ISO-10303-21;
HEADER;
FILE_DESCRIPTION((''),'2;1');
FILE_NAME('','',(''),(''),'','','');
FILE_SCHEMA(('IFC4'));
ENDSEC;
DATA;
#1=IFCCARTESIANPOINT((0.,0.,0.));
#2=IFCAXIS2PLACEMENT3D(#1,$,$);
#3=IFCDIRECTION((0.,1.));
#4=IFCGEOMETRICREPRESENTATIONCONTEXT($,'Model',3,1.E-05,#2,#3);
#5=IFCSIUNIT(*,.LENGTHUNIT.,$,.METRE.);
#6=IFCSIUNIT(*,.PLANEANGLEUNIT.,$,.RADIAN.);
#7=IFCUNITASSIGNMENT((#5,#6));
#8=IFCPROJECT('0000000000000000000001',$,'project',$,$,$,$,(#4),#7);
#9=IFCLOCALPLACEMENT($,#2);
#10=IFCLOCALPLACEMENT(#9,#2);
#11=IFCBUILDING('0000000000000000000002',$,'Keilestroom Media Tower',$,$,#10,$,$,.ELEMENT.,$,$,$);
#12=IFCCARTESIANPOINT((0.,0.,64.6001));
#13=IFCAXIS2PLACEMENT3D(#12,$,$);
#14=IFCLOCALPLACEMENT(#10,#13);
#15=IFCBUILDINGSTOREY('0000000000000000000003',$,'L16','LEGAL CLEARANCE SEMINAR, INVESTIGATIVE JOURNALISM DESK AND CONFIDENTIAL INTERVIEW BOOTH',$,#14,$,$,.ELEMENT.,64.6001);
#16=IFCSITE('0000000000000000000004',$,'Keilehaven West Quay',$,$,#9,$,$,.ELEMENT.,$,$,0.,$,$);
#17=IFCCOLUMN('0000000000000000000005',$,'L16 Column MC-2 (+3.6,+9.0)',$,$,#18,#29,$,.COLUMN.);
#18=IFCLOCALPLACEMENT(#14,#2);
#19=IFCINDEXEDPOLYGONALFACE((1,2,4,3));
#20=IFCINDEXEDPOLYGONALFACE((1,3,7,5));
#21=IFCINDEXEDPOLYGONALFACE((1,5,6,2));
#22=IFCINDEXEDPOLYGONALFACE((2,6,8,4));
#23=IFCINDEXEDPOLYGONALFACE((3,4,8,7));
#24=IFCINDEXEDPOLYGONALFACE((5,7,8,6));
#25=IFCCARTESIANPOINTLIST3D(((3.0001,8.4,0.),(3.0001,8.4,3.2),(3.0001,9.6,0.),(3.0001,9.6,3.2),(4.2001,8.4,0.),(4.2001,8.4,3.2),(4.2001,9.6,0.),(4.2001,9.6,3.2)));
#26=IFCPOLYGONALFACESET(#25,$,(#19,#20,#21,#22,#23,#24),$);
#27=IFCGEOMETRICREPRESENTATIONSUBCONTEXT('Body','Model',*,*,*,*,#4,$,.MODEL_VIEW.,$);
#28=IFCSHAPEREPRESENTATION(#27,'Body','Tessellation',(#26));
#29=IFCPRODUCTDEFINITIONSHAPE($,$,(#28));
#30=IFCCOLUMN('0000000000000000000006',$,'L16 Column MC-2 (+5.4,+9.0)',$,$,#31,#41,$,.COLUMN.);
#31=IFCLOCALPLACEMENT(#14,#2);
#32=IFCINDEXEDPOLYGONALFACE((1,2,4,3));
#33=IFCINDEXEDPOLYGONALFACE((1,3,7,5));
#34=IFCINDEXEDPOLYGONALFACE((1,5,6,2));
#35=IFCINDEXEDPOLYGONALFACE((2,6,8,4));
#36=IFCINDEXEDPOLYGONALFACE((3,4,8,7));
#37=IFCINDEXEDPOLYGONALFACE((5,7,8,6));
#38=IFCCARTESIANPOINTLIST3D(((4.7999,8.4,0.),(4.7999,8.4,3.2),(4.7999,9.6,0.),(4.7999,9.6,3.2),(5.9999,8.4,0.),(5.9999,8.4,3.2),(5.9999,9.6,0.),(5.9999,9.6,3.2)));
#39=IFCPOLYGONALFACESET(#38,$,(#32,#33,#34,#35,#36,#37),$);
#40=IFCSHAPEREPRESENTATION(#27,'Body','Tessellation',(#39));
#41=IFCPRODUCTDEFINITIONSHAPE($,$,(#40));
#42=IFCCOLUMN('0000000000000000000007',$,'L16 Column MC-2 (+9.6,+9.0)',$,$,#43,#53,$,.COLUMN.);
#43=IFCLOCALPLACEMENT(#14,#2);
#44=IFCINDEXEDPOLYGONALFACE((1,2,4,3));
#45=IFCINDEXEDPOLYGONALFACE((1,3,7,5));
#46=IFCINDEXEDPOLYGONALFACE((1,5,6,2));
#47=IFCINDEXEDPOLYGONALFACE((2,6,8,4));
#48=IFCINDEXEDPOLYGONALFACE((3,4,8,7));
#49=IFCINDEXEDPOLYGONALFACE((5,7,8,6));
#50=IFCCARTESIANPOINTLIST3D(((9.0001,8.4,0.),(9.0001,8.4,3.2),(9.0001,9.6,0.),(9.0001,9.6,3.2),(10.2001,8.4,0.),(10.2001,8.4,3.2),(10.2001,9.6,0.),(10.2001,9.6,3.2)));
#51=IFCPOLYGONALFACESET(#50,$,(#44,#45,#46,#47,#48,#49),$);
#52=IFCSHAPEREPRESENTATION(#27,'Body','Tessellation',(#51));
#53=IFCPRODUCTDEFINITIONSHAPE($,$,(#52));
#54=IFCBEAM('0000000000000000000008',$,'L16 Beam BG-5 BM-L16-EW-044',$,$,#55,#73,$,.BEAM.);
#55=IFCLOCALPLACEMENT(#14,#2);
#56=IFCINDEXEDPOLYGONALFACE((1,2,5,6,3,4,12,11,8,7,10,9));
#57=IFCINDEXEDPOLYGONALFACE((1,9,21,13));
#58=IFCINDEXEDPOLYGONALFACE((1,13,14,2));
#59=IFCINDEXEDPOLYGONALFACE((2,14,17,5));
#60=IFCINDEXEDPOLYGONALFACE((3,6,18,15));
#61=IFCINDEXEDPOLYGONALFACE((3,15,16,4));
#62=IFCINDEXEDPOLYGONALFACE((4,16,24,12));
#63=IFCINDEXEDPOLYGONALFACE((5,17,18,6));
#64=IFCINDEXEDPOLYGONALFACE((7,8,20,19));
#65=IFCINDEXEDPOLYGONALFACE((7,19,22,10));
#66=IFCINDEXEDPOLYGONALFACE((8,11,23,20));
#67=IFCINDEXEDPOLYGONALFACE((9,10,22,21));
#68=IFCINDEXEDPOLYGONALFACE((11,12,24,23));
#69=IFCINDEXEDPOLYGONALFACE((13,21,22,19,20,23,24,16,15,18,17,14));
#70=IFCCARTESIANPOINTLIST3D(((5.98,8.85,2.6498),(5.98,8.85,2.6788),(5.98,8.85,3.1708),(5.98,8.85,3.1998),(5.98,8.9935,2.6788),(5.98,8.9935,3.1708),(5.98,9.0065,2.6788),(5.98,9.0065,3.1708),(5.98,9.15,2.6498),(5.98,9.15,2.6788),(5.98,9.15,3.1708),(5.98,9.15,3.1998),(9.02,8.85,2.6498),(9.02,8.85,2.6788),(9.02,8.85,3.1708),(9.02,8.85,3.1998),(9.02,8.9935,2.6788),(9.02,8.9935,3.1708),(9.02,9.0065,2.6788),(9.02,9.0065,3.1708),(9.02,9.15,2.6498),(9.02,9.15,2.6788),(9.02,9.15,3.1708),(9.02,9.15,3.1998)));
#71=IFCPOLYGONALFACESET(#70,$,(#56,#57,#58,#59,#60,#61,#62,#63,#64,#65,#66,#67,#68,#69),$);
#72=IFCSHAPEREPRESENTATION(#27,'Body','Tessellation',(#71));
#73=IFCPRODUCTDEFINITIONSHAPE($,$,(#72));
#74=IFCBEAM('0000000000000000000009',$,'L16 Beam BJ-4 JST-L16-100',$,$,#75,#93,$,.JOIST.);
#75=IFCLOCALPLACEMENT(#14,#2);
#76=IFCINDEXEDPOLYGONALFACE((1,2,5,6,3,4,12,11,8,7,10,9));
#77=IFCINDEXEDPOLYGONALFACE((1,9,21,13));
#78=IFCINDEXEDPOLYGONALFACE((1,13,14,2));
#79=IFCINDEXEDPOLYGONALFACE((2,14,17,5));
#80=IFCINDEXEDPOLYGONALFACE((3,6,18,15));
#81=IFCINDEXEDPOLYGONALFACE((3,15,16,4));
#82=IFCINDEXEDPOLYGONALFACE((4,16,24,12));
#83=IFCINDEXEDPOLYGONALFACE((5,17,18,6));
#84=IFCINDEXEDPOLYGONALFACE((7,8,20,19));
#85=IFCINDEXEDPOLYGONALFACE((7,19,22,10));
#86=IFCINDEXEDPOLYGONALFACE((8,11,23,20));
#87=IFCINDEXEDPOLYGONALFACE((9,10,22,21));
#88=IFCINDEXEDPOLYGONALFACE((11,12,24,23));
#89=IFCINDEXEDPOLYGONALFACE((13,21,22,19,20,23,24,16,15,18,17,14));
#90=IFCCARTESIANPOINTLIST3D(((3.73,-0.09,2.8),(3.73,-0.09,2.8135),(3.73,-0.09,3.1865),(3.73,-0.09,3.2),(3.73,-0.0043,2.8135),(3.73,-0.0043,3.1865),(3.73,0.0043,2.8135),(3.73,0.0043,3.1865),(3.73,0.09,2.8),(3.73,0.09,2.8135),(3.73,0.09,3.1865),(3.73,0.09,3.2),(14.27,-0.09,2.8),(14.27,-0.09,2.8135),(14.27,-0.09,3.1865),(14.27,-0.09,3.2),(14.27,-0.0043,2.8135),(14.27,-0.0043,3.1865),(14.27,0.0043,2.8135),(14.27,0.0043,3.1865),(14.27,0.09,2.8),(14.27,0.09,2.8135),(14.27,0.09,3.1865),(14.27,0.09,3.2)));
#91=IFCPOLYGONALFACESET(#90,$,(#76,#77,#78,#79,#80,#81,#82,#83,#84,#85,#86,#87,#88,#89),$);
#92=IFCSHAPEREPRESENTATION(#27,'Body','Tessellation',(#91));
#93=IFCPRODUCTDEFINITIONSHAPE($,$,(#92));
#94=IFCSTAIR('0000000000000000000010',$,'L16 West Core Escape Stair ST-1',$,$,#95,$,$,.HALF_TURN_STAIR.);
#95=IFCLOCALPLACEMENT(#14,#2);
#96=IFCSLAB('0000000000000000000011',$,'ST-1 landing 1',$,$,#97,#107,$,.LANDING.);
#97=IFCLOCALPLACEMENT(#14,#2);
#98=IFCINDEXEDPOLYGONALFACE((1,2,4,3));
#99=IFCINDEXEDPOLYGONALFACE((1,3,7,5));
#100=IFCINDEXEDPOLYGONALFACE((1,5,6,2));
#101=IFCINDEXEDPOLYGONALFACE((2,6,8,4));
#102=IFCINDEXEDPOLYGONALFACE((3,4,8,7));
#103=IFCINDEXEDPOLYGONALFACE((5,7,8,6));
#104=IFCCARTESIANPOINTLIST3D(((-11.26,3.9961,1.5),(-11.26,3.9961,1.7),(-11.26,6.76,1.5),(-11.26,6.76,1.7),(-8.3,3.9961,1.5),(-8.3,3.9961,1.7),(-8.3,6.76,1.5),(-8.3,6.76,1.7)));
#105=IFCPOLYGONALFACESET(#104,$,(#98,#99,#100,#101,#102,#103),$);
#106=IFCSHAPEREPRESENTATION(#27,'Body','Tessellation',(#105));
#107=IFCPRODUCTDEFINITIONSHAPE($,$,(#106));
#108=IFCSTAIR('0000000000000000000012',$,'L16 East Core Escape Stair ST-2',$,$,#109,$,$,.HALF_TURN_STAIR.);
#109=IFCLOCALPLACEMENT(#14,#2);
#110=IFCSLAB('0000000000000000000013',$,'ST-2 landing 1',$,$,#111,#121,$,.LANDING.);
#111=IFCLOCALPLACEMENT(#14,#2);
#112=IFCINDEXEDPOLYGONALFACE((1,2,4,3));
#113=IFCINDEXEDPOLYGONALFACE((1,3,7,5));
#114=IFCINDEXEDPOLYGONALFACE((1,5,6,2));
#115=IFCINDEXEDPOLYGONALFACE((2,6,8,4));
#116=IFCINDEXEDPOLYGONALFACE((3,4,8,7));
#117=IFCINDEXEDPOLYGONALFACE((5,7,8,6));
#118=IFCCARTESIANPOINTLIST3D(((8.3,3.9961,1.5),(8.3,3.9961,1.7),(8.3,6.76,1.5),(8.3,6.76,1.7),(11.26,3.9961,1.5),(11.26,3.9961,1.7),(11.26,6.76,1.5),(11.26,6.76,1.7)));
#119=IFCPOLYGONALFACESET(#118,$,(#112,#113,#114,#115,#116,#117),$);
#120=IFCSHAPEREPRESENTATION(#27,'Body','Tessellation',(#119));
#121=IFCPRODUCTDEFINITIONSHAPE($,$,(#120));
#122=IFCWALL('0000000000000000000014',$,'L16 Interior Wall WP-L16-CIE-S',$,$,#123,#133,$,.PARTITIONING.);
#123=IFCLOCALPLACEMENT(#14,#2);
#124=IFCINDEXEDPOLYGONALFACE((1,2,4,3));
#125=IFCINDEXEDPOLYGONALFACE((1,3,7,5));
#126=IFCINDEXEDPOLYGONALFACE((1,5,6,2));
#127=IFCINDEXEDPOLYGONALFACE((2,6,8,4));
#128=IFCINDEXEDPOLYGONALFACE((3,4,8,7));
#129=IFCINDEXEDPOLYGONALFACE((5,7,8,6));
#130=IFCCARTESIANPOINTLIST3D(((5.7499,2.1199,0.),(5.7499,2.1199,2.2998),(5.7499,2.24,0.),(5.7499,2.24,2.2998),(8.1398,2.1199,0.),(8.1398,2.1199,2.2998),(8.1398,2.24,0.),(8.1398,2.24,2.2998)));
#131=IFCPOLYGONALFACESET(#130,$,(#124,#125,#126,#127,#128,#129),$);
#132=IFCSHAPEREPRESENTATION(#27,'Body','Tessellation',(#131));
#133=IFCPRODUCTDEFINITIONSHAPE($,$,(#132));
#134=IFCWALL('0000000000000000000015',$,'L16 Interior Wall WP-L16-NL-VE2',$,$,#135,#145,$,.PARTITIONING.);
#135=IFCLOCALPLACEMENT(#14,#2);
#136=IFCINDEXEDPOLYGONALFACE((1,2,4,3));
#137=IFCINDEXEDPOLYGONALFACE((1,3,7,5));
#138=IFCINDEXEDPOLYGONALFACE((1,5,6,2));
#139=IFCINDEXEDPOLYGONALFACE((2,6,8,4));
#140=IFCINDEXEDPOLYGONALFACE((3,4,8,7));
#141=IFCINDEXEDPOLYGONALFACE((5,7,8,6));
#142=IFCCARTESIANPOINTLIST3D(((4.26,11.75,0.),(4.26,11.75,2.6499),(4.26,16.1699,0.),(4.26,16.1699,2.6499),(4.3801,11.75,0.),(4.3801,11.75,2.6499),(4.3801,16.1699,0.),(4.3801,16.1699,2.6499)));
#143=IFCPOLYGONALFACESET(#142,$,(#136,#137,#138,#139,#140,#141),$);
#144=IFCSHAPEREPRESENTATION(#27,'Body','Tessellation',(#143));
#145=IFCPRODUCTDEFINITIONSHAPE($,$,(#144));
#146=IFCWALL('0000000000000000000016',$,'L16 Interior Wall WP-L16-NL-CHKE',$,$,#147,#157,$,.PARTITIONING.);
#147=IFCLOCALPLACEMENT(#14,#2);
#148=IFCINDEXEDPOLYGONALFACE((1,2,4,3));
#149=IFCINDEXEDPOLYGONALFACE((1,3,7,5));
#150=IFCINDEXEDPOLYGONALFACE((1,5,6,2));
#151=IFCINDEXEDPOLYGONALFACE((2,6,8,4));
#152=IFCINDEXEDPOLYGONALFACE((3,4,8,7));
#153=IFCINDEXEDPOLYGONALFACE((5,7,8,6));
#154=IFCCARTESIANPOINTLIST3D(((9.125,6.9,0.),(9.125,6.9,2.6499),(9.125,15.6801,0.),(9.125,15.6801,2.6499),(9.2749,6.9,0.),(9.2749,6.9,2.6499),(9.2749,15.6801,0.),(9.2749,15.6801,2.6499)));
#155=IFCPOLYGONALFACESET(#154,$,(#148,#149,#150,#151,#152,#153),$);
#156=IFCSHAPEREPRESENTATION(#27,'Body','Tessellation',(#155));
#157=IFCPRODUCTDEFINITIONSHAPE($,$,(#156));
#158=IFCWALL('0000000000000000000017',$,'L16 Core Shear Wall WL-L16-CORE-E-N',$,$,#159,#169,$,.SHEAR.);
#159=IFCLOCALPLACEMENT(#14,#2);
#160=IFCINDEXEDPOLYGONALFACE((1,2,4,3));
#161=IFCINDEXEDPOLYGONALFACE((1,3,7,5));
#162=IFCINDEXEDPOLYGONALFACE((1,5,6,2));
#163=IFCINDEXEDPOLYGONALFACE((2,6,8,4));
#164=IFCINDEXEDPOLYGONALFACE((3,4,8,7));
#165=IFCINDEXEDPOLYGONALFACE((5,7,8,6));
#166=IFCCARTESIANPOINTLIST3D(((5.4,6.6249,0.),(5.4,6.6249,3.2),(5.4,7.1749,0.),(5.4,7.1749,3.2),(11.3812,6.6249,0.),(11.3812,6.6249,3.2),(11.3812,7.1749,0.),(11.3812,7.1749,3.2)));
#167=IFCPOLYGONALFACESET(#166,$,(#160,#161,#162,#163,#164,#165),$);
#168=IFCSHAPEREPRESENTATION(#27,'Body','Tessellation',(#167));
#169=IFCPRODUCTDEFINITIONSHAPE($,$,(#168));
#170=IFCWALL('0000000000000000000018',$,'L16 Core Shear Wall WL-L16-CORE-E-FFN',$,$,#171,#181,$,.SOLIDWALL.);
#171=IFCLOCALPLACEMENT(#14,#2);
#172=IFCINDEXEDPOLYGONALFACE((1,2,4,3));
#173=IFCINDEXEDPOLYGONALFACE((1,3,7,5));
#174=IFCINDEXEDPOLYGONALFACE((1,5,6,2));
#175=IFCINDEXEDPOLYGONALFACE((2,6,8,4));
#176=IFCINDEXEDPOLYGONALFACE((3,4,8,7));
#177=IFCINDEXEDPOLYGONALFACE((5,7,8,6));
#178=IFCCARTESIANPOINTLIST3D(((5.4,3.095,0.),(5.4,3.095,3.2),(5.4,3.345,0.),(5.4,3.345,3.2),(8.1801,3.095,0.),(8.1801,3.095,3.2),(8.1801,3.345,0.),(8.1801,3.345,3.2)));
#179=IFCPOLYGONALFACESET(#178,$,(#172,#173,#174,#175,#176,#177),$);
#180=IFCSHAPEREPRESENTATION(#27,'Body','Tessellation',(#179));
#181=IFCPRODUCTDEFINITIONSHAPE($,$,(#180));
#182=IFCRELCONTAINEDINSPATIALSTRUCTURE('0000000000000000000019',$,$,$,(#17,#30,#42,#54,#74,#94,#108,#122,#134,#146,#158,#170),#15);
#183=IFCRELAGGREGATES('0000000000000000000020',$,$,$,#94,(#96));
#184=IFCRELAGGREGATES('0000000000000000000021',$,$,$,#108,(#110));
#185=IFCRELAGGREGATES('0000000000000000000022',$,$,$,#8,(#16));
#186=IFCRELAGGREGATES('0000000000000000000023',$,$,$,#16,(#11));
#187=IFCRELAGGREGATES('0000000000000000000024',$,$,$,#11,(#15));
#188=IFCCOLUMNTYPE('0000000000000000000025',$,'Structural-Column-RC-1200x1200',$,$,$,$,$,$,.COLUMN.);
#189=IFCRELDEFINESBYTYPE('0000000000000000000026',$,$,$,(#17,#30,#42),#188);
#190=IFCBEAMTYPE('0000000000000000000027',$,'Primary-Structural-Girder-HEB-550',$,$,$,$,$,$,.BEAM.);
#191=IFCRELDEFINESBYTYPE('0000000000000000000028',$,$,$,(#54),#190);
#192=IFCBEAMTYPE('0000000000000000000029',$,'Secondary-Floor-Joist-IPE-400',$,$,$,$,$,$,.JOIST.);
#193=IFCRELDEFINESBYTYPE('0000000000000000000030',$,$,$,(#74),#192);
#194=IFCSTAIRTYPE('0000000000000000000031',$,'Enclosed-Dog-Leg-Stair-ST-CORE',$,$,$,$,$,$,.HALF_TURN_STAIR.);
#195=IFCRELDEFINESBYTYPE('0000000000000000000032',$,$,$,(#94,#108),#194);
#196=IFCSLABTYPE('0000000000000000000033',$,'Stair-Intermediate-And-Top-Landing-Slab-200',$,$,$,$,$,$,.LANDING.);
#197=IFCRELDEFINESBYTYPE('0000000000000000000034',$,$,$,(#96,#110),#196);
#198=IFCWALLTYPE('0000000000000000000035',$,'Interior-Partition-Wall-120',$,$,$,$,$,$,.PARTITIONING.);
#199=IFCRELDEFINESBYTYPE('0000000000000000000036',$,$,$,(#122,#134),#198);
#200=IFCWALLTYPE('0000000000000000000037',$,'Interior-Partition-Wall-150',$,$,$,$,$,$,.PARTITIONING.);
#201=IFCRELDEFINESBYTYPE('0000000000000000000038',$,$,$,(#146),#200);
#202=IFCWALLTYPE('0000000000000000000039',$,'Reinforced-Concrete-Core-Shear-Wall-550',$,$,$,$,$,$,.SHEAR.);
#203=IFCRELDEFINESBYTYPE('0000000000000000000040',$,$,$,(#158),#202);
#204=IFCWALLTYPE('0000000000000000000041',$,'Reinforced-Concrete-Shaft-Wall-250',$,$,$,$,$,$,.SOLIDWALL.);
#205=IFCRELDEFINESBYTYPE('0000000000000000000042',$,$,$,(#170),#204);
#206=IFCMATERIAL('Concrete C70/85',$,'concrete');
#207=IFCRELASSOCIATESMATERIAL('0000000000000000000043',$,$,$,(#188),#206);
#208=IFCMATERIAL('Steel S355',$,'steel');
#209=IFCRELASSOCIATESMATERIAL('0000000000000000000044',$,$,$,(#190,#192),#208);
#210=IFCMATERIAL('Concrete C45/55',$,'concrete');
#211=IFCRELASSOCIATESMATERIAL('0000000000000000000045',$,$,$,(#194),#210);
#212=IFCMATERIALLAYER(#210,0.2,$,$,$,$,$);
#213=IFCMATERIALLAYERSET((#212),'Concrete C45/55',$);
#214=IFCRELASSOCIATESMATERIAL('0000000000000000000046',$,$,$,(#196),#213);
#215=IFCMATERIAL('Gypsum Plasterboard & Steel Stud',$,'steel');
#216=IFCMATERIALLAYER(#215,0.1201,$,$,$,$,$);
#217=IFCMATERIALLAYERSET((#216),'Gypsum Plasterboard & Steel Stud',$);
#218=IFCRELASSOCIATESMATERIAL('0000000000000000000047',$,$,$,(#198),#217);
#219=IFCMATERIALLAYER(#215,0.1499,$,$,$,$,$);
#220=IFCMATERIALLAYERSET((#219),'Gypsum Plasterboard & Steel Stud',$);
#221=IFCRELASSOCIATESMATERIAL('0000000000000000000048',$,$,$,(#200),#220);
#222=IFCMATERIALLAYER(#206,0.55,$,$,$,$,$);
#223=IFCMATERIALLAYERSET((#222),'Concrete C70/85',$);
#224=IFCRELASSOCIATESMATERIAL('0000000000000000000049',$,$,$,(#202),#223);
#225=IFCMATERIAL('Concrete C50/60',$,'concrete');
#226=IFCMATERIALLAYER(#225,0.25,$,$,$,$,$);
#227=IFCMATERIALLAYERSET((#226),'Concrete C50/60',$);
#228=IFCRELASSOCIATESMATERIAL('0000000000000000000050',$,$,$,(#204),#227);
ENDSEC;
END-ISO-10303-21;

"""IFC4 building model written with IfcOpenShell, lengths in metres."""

from ifc_helpers import new_model, si_unit, direction, frame, frame_2d, origin, origin_2d, place, context, subcontext, project, spatial, polyline, rectangle, i_section, outline, extrude, source, transform, mapped, material, layer, layer_set, material_profile, profile_set, type_object, element, aggregate, save


model = new_model("IFC4")

# Units and contexts
model_context = context("Model", 3, precision=1e-05, world=origin(), true_north=direction((0.0, 1.0)))
body_context = subcontext(model_context, "Body", "Model", "MODEL_VIEW")
ifc_project = project(units=[si_unit("LENGTHUNIT", "METRE"), si_unit("PLANEANGLEUNIT", "RADIAN")], contexts=[model_context])

# Site, building, storey
site_placement = place(None, origin())
site = spatial("IfcSite", under=ifc_project, at=site_placement, Name="Keilehaven West Quay", CompositionType="ELEMENT", RefElevation=0.0)
building_placement = place(site_placement, origin())
building = spatial("IfcBuilding", under=site, at=building_placement, Name="Keilestroom Media Tower", CompositionType="ELEMENT")
storey_placement = place(building_placement, frame((0.0, 0.0, 64.6001)))
storey = spatial("IfcBuildingStorey", under=building, at=storey_placement, Name="L16", Description="LEGAL CLEARANCE SEMINAR, INVESTIGATIVE JOURNALISM DESK AND CONFIDENTIAL INTERVIEW BOOTH", CompositionType="ELEMENT", Elevation=64.6001)

# Columns
ifc_material_1 = material(Name="Concrete C70/85", Category="concrete")
ifc_material_profile_1 = material_profile(ifc_material_1, rectangle(XDim=1.2, YDim=1.2, at=origin_2d()), Name="RC 1200x1200")
ifc_profile_set_1 = profile_set([ifc_material_profile_1], Name="Concrete C70/85")
column_type = type_object("IfcColumnType", Name="Structural-Column-RC-1200x1200", PredefinedType="COLUMN", material=ifc_profile_set_1)
shared_shape_1 = source(origin(), body_context, "Body", "SweptSolid", [
    extrude(rectangle(XDim=1.2, YDim=1.2, at=origin_2d()), origin(), (0.0, 0.0, 1.0), 3.2),
])
for number, where, z_axis, x_axis, name in (
    (1, (3.6001, 9.0, 0.0), (0.0, 0.0, 1.0), (1.0, 0.0, 0.0), "L16 Column MC-2 (+3.6,+9.0)"),
    (2, (5.3999, 9.0, 0.0), (0.0, 0.0, 1.0), (1.0, 0.0, 0.0), "L16 Column MC-2 (+5.4,+9.0)"),
    (3, (9.6001, 9.0, 0.0), (0.0, 0.0, 1.0), (1.0, 0.0, 0.0), "L16 Column MC-2 (+9.6,+9.0)"),
):
    element("IfcColumn", number, at=place(storey_placement, frame(where, z_axis=z_axis, x_axis=x_axis)), inside=storey, type_object=column_type, Name=name, PredefinedType="COLUMN", context=body_context, shape_type="MappedRepresentation", body=[
        mapped(shared_shape_1, transform((0.0, 0.0, 0.0), x_axis=(1.0, 0.0, 0.0), y_axis=(0.0, 1.0, 0.0), z_axis=(0.0, 0.0, 1.0), scale=1.0)),
    ])

# Beams
ifc_material_2 = material(Name="Steel S355", Category="steel")
ifc_material_profile_2 = material_profile(ifc_material_2, i_section(OverallWidth=0.3, OverallDepth=0.55, WebThickness=0.0129, FlangeThickness=0.0291, at=origin_2d()), Name="HEB 550")
ifc_profile_set_2 = profile_set([ifc_material_profile_2], Name="Steel S355")
beam_type_1 = type_object("IfcBeamType", Name="Primary-Structural-Girder-HEB-550", PredefinedType="BEAM", material=ifc_profile_set_2)
shared_shape_2 = source(origin(), body_context, "Body", "SweptSolid", [
    extrude(i_section(OverallWidth=0.3, OverallDepth=0.55, WebThickness=0.0129, FlangeThickness=0.0291, at=origin_2d()), origin(), (0.0, 0.0, 1.0), 3.04),
])
beam_1_placement = place(storey_placement, frame((5.98, 9.0, 2.9248), z_axis=(1.0, 0.0, 0.0), x_axis=(0.0, 1.0, 0.0)))
element("IfcBeam", 4, at=beam_1_placement, inside=storey, type_object=beam_type_1, Name="L16 Beam BG-5 BM-L16-EW-044", PredefinedType="BEAM", context=body_context, shape_type="MappedRepresentation", body=[
    mapped(shared_shape_2, transform((0.0, 0.0, 0.0), x_axis=(1.0, 0.0, 0.0), y_axis=(0.0, 1.0, 0.0), z_axis=(0.0, 0.0, 1.0), scale=1.0)),
])
ifc_material_profile_3 = material_profile(ifc_material_2, i_section(OverallWidth=0.1799, OverallDepth=0.3999, WebThickness=0.0085, FlangeThickness=0.0134, at=origin_2d()), Name="IPE 400")
ifc_profile_set_3 = profile_set([ifc_material_profile_3], Name="Steel S355")
beam_type_2 = type_object("IfcBeamType", Name="Secondary-Floor-Joist-IPE-400", PredefinedType="JOIST", material=ifc_profile_set_3)
shared_shape_3 = source(origin(), body_context, "Body", "SweptSolid", [
    extrude(i_section(OverallWidth=0.1799, OverallDepth=0.3999, WebThickness=0.0085, FlangeThickness=0.0134, at=origin_2d()), origin(), (0.0, 0.0, 1.0), 10.54),
])
beam_2_placement = place(storey_placement, frame((3.73, 0.0, 3.0), z_axis=(1.0, 0.0, 0.0), x_axis=(0.0, 1.0, 0.0)))
element("IfcBeam", 5, at=beam_2_placement, inside=storey, type_object=beam_type_2, Name="L16 Beam BJ-4 JST-L16-100", PredefinedType="JOIST", context=body_context, shape_type="MappedRepresentation", body=[
    mapped(shared_shape_3, transform((0.0, 0.0, 0.0), x_axis=(1.0, 0.0, 0.0), y_axis=(0.0, 1.0, 0.0), z_axis=(0.0, 0.0, 1.0), scale=1.0)),
])

# Stairs, slabs
ifc_material_3 = material(Name="Concrete C45/55", Category="concrete")
stair_type = type_object("IfcStairType", Name="Enclosed-Dog-Leg-Stair-ST-CORE", PredefinedType="HALF_TURN_STAIR", material=ifc_material_3)
stair_1_placement = place(storey_placement, origin())
stair_1 = element("IfcStair", 6, at=stair_1_placement, inside=storey, type_object=stair_type, Name="L16 West Core Escape Stair ST-1", PredefinedType="HALF_TURN_STAIR")
ifc_layer_1 = layer(ifc_material_3, 0.2)
ifc_layer_set_1 = layer_set([ifc_layer_1], Name="Concrete C45/55")
slab_type = type_object("IfcSlabType", Name="Stair-Intermediate-And-Top-Landing-Slab-200", PredefinedType="LANDING", material=ifc_layer_set_1)
slab_1_placement = place(storey_placement, frame((0.0, 0.0, 1.5)))
slab_1 = element("IfcSlab", 7, at=slab_1_placement, type_object=slab_type, Name="ST-1 landing 1", PredefinedType="LANDING", context=body_context, shape_type="SweptSolid", body=[
    extrude(outline(polyline([(-8.3, 3.9961), (-8.3, 6.76), (-11.26, 6.76), (-11.26, 3.9961), (-8.3, 3.9961)])), origin(), (0.0, 0.0, 1.0), 0.2),
])
aggregate(stair_1, [slab_1])
stair_2_placement = place(storey_placement, origin())
stair_2 = element("IfcStair", 8, at=stair_2_placement, inside=storey, type_object=stair_type, Name="L16 East Core Escape Stair ST-2", PredefinedType="HALF_TURN_STAIR")
slab_2_placement = place(storey_placement, frame((0.0, 0.0, 1.5)))
slab_2 = element("IfcSlab", 9, at=slab_2_placement, type_object=slab_type, Name="ST-2 landing 1", PredefinedType="LANDING", context=body_context, shape_type="SweptSolid", body=[
    extrude(outline(polyline([(11.26, 3.9961), (11.26, 6.76), (8.3, 6.76), (8.3, 3.9961), (11.26, 3.9961)])), origin(), (0.0, 0.0, 1.0), 0.2),
])

# Walls
ifc_material_4 = material(Name="Gypsum Plasterboard & Steel Stud", Category="steel")
ifc_layer_2 = layer(ifc_material_4, 0.1201)
ifc_layer_set_2 = layer_set([ifc_layer_2], Name="Gypsum Plasterboard & Steel Stud")
wall_type_1 = type_object("IfcWallType", Name="Interior-Partition-Wall-120", PredefinedType="PARTITIONING", material=ifc_layer_set_2)
wall_1_placement = place(storey_placement, frame((5.75, 2.1799, 0.0), z_axis=(0.0, 0.0, 1.0), x_axis=(1.0, 0.0, 0.0)))
element("IfcWall", 10, at=wall_1_placement, inside=storey, type_object=wall_type_1, Name="L16 Interior Wall WP-L16-CIE-S", PredefinedType="PARTITIONING", context=body_context, shape_type="SweptSolid", body=[
    extrude(rectangle(XDim=2.3899, YDim=0.1201, at=frame_2d((1.1948, 0.0))), origin(), (0.0, 0.0, 1.0), 2.2998),
])
wall_2_placement = place(storey_placement, frame((4.3201, 11.75, 0.0), z_axis=(0.0, 0.0, 1.0), x_axis=(0.0, 1.0, 0.0)))
element("IfcWall", 11, at=wall_2_placement, inside=storey, type_object=wall_type_1, Name="L16 Interior Wall WP-L16-NL-VE2", PredefinedType="PARTITIONING", context=body_context, shape_type="SweptSolid", body=[
    extrude(rectangle(XDim=4.4199, YDim=0.1201, at=frame_2d((2.21, 0.0))), origin(), (0.0, 0.0, 1.0), 2.6499),
])
ifc_layer_3 = layer(ifc_material_4, 0.1499)
ifc_layer_set_3 = layer_set([ifc_layer_3], Name="Gypsum Plasterboard & Steel Stud")
wall_type_2 = type_object("IfcWallType", Name="Interior-Partition-Wall-150", PredefinedType="PARTITIONING", material=ifc_layer_set_3)
wall_3_placement = place(storey_placement, frame((9.2, 6.8999, 0.0), z_axis=(0.0, 0.0, 1.0), x_axis=(0.0, 1.0, 0.0)))
element("IfcWall", 12, at=wall_3_placement, inside=storey, type_object=wall_type_2, Name="L16 Interior Wall WP-L16-NL-CHKE", PredefinedType="PARTITIONING", context=body_context, shape_type="SweptSolid", body=[
    extrude(rectangle(XDim=8.78, YDim=0.1499, at=frame_2d((4.3901, 0.0))), origin(), (0.0, 0.0, 1.0), 2.6499),
])
ifc_layer_4 = layer(ifc_material_1, 0.55)
ifc_layer_set_4 = layer_set([ifc_layer_4], Name="Concrete C70/85")
wall_type_3 = type_object("IfcWallType", Name="Reinforced-Concrete-Core-Shear-Wall-550", PredefinedType="SHEAR", material=ifc_layer_set_4)
wall_4_placement = place(storey_placement, frame((5.3999, 6.8999, 0.0), z_axis=(0.0, 0.0, 1.0), x_axis=(1.0, 0.0, 0.0)))
element("IfcWall", 13, at=wall_4_placement, inside=storey, type_object=wall_type_3, Name="L16 Core Shear Wall WL-L16-CORE-E-N", PredefinedType="SHEAR", context=body_context, shape_type="SweptSolid", body=[
    extrude(rectangle(XDim=5.9812, YDim=0.55, at=frame_2d((2.9907, 0.0))), origin(), (0.0, 0.0, 1.0), 3.2),
])
ifc_material_5 = material(Name="Concrete C50/60", Category="concrete")
ifc_layer_5 = layer(ifc_material_5, 0.25)
ifc_layer_set_5 = layer_set([ifc_layer_5], Name="Concrete C50/60")
wall_type_4 = type_object("IfcWallType", Name="Reinforced-Concrete-Shaft-Wall-250", PredefinedType="SOLIDWALL", material=ifc_layer_set_5)
wall_5_placement = place(storey_placement, frame((5.3999, 3.22, 0.0), z_axis=(0.0, 0.0, 1.0), x_axis=(1.0, 0.0, 0.0)))
element("IfcWall", 14, at=wall_5_placement, inside=storey, type_object=wall_type_4, Name="L16 Core Shear Wall WL-L16-CORE-E-FFN", PredefinedType="SOLIDWALL", context=body_context, shape_type="SweptSolid", body=[
    extrude(rectangle(XDim=2.78, YDim=0.25, at=frame_2d((1.3901, 0.0))), origin(), (0.0, 0.0, 1.0), 3.2),
])

aggregate(stair_2, [slab_2])

save(model, "model.ifc")
